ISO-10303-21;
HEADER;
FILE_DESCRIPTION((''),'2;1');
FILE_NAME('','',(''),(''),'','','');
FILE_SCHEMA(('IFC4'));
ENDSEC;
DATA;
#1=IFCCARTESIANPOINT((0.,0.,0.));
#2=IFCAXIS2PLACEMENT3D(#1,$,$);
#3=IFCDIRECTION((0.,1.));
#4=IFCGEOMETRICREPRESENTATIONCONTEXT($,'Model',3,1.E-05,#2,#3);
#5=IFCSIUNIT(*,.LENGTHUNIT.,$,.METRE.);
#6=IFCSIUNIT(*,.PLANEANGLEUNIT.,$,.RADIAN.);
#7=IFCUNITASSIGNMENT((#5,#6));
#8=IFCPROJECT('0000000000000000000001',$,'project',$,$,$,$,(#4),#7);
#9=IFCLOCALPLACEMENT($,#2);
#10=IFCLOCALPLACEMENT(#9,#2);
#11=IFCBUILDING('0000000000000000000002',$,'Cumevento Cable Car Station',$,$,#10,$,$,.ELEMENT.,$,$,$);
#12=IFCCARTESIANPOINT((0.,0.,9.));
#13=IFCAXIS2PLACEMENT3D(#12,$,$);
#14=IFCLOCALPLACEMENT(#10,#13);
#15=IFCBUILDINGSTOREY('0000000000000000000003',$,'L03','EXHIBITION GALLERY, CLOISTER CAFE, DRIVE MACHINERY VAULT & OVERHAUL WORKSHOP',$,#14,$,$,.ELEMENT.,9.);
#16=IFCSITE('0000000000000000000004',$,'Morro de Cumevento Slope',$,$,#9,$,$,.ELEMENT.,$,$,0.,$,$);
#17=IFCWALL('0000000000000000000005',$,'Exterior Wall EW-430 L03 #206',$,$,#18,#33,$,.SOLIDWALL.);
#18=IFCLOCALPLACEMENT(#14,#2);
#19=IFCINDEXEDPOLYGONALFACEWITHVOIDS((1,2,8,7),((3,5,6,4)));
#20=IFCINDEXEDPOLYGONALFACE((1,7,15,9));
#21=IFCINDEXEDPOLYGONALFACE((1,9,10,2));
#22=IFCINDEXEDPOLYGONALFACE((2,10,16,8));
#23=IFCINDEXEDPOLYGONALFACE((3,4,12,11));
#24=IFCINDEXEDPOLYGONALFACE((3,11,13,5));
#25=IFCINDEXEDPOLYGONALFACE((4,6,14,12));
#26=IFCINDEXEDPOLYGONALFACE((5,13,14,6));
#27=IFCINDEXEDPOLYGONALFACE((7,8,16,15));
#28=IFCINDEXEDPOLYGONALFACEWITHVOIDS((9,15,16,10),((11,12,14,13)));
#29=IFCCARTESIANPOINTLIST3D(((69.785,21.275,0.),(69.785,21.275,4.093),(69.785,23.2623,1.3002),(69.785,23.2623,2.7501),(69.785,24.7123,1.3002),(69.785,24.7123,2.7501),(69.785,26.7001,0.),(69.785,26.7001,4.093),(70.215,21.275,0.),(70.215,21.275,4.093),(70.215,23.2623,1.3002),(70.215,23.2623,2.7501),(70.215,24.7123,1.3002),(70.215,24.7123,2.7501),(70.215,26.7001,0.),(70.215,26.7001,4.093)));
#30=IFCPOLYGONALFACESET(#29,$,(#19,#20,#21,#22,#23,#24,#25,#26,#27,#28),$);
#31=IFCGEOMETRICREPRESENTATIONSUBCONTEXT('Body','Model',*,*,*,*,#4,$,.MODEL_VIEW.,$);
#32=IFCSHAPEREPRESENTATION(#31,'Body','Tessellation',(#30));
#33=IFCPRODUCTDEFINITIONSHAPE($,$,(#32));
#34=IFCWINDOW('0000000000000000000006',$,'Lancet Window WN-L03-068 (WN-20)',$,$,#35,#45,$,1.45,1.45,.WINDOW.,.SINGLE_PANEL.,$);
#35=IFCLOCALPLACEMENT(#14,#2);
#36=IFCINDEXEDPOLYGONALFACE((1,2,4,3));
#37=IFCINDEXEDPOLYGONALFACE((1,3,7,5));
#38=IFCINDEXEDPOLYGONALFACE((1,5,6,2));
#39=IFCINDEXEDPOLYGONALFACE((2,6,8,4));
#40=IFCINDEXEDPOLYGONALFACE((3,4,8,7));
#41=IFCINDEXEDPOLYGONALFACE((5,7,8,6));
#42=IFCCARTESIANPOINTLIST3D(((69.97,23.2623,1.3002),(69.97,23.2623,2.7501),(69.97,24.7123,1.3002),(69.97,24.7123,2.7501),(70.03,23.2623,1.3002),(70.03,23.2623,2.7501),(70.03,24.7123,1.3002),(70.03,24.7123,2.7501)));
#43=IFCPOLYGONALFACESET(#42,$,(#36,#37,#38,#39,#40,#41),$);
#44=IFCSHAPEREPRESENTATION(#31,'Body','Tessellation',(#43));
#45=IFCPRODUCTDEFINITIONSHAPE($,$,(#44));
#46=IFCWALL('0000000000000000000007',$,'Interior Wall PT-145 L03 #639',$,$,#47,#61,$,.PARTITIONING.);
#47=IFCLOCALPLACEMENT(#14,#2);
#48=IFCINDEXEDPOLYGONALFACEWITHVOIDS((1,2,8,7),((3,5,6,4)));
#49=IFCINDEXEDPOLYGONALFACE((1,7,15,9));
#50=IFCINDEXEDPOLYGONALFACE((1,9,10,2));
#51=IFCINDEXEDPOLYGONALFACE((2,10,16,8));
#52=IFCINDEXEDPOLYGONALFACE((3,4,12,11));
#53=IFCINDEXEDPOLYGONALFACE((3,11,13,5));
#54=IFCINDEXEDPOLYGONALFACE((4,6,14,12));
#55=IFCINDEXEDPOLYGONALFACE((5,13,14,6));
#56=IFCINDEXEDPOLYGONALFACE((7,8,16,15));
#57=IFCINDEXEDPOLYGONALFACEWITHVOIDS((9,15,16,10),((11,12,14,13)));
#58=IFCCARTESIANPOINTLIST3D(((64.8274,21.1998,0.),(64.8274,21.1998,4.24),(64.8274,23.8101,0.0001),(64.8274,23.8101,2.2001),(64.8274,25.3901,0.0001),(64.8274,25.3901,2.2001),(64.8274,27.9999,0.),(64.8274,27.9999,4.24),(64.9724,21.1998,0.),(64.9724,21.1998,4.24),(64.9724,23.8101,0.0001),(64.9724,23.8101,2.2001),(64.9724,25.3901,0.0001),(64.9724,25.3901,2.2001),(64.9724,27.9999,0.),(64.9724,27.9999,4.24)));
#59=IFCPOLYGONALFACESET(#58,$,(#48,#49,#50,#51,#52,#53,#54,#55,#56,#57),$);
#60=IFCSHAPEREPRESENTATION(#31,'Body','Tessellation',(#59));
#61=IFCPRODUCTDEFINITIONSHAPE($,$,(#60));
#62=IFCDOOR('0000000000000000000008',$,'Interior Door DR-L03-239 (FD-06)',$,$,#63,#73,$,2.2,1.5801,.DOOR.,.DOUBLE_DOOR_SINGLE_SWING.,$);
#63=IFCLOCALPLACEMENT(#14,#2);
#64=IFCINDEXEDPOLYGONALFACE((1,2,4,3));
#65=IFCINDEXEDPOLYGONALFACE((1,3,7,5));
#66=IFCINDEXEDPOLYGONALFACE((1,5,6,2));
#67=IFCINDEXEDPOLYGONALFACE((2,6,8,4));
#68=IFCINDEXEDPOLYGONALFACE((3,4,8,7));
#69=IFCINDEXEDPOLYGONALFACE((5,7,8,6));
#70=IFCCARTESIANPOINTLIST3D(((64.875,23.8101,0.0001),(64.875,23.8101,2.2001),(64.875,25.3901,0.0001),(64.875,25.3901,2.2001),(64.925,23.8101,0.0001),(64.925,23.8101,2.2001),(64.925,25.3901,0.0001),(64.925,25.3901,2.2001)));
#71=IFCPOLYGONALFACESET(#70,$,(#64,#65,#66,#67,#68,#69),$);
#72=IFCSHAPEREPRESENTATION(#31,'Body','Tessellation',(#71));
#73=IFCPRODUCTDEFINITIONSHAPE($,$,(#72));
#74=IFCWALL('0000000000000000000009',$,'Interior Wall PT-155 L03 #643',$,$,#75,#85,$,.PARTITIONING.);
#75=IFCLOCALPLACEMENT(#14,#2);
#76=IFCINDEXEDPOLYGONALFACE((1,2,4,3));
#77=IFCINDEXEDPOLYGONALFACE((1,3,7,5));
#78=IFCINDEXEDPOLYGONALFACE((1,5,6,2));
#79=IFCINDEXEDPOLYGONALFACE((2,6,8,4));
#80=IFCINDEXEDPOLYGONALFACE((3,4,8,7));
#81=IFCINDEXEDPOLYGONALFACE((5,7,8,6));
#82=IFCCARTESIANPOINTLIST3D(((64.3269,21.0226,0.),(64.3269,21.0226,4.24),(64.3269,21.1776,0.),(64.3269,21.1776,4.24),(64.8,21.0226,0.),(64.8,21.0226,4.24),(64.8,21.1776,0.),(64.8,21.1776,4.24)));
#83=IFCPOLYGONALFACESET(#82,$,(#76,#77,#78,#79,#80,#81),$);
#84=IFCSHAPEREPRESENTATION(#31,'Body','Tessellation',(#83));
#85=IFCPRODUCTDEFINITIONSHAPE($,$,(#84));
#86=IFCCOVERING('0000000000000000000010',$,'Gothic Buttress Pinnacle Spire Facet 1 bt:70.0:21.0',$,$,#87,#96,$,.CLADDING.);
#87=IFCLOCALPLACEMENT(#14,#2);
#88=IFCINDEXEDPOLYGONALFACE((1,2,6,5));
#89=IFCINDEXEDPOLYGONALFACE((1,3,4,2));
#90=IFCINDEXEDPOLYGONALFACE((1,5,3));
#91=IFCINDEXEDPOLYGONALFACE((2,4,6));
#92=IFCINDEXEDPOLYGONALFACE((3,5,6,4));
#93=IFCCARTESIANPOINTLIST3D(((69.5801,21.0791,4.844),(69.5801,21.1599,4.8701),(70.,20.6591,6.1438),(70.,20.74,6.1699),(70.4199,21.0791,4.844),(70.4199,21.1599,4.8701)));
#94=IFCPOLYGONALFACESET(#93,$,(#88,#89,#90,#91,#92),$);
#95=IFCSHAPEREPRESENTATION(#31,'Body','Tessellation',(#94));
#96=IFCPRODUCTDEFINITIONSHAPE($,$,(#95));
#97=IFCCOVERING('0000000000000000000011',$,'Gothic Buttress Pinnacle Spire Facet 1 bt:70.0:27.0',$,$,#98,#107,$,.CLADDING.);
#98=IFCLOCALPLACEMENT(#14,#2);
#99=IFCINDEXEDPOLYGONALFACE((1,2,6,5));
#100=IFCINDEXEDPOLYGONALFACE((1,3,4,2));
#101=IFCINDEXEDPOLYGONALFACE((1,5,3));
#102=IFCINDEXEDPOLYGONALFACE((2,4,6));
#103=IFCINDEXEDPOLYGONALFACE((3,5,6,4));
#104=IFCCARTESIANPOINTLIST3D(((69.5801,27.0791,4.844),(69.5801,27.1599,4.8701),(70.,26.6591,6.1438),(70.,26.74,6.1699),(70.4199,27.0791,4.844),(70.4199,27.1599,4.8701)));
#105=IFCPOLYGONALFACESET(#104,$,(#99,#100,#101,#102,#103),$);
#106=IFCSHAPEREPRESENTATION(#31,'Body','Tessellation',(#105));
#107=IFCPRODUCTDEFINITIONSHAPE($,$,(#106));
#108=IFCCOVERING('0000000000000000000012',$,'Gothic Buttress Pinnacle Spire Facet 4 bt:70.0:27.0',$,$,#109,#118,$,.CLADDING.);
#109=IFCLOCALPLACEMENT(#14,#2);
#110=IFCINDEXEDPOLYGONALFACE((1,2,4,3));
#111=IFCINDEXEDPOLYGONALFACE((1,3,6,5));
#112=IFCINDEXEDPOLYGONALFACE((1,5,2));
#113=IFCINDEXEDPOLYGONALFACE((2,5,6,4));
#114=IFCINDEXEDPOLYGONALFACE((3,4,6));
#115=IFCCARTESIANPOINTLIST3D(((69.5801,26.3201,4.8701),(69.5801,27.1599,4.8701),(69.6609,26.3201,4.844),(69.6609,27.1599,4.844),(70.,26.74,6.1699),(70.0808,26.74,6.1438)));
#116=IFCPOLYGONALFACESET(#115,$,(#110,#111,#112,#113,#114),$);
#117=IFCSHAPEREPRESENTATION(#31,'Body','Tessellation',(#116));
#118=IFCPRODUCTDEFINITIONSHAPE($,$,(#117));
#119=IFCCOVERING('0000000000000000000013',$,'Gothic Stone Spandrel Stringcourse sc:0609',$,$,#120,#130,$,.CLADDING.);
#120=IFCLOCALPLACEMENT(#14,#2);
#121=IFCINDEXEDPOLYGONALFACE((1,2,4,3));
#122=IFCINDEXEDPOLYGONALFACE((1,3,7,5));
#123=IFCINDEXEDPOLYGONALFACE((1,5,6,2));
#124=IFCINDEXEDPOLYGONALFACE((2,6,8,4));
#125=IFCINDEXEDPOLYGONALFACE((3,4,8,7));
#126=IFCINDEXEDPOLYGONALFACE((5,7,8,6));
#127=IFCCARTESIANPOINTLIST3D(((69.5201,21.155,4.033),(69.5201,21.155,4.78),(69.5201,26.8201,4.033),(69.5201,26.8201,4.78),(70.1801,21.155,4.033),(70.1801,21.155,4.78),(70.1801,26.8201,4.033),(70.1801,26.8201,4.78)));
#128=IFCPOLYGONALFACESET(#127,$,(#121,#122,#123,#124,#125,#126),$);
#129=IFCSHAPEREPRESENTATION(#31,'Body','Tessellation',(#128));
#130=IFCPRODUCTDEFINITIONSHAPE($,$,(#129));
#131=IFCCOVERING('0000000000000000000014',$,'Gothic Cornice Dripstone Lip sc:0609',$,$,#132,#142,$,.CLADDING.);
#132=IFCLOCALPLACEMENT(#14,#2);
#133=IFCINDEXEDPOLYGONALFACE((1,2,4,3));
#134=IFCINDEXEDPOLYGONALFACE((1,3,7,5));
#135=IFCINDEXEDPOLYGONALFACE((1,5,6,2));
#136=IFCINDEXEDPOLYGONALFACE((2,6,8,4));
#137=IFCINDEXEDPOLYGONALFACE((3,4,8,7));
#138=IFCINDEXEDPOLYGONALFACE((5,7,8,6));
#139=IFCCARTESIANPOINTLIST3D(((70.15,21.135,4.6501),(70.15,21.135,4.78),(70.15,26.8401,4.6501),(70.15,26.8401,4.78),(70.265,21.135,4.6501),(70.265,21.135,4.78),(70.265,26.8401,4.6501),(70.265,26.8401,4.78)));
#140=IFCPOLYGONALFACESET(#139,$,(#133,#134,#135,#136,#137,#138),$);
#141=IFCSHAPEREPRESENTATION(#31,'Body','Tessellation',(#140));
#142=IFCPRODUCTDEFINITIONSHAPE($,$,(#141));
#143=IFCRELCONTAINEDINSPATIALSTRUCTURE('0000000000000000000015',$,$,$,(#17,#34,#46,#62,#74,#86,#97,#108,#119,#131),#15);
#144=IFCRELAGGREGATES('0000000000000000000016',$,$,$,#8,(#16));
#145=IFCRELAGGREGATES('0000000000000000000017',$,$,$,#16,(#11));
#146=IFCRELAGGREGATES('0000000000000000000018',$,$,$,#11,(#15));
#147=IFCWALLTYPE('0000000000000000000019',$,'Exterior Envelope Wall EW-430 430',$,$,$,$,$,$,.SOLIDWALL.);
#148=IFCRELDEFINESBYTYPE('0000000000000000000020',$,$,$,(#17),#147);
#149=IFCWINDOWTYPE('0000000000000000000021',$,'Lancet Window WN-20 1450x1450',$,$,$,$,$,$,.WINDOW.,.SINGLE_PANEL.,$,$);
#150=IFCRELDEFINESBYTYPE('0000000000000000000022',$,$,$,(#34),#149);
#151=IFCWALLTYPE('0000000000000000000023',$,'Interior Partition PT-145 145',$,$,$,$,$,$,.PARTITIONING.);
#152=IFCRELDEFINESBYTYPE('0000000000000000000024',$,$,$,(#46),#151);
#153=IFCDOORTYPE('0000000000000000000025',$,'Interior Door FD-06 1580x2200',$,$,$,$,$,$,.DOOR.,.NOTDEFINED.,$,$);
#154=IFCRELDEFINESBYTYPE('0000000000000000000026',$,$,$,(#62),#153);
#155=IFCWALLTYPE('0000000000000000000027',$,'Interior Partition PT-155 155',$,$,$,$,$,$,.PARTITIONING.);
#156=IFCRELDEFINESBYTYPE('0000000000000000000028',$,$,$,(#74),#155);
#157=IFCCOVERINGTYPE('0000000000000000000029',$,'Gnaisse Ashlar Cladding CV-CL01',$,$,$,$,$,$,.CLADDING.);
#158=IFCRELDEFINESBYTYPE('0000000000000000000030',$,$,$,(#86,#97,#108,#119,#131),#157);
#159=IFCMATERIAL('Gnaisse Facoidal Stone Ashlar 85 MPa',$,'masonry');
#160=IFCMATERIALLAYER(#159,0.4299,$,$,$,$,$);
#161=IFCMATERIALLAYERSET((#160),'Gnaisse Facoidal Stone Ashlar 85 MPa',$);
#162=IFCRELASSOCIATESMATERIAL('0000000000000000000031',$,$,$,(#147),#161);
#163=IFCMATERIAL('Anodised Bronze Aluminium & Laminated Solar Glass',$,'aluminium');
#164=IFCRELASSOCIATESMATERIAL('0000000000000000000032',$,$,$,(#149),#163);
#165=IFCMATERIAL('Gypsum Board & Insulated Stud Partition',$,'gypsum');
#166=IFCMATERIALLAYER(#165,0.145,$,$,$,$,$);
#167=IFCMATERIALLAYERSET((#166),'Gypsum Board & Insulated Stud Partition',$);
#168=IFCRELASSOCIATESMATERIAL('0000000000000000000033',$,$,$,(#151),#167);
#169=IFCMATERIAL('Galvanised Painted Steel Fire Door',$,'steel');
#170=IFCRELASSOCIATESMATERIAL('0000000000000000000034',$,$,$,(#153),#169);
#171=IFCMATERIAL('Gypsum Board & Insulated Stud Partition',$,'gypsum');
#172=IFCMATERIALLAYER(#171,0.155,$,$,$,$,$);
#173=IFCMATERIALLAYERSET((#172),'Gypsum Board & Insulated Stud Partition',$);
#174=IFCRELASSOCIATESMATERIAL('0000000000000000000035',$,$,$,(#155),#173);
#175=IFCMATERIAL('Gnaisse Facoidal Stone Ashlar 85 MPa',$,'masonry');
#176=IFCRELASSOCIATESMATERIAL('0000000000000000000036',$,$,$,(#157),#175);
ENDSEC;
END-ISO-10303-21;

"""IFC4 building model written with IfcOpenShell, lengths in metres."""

from ifc_helpers import new_model, si_unit, direction, frame, frame_2d, origin, origin_2d, place, context, subcontext, project, spatial, polyline, rectangle, outline, extrude, material, layer, layer_set, type_object, element, fill, save


model = new_model("IFC4")

# Units and contexts
model_context = context("Model", 3, precision=1e-05, world=origin(), true_north=direction((0.0, 1.0)))
body_context = subcontext(model_context, "Body", "Model", "MODEL_VIEW")
ifc_project = project(units=[si_unit("LENGTHUNIT", "METRE"), si_unit("PLANEANGLEUNIT", "RADIAN")], contexts=[model_context])

# Site, building, storey
site_placement = place(None, origin())
site = spatial("IfcSite", under=ifc_project, at=site_placement, Name="Morro de Cumevento Slope", CompositionType="ELEMENT", RefElevation=0.0)
building_placement = place(site_placement, origin())
building = spatial("IfcBuilding", under=site, at=building_placement, Name="Cumevento Cable Car Station", CompositionType="ELEMENT")
storey_placement = place(building_placement, frame((0.0, 0.0, 9.0)))
storey = spatial("IfcBuildingStorey", under=building, at=storey_placement, Name="L03", Description="EXHIBITION GALLERY, CLOISTER CAFE, DRIVE MACHINERY VAULT & OVERHAUL WORKSHOP", CompositionType="ELEMENT", Elevation=9.0)

# Wall, opening, window
ifc_material_1 = material(Name="Gnaisse Facoidal Stone Ashlar 85 MPa", Category="masonry")
ifc_layer_1 = layer(ifc_material_1, 0.4299)
ifc_layer_set_1 = layer_set([ifc_layer_1], Name="Gnaisse Facoidal Stone Ashlar 85 MPa")
wall_type_1 = type_object("IfcWallType", Name="Exterior Envelope Wall EW-430 430", PredefinedType="SOLIDWALL", material=ifc_layer_set_1)
wall_1_placement = place(storey_placement, frame((70.0, 26.7, 0.0), z_axis=(0.0, 0.0, 1.0), x_axis=(0.0, -1.0, 0.0)))
wall_1 = element("IfcWall", 1, at=wall_1_placement, inside=storey, type_object=wall_type_1, Name="Exterior Wall EW-430 L03 #206", PredefinedType="SOLIDWALL", context=body_context, shape_type="SweptSolid", body=[
    extrude(rectangle(XDim=5.425, YDim=0.4299, at=frame_2d((2.7124, 0.0))), origin(), (0.0, 0.0, 1.0), 4.093),
])
opening_1_placement = place(wall_1_placement, frame((1.9875, 0.0, 1.3)))
opening_1 = element("IfcOpeningElement", 2, at=opening_1_placement, cuts=wall_1, PredefinedType="OPENING", context=body_context, shape_type="SweptSolid", body=[
    extrude(rectangle(XDim=1.45, YDim=1.45, at=frame_2d((0.7251, 0.7251))), frame((0.0, 0.2249, 0.0), z_axis=(0.0, -1.0, 0.0), x_axis=(1.0, 0.0, 0.0)), (0.0, 0.0, 1.0), 0.45),
])
ifc_material_2 = material(Name="Anodised Bronze Aluminium & Laminated Solar Glass", Category="aluminium")
window_type = type_object("IfcWindowType", Name="Lancet Window WN-20 1450x1450", PartitioningType="SINGLE_PANEL", PredefinedType="WINDOW", material=ifc_material_2)
window_placement = place(opening_1_placement, origin())
window = element("IfcWindow", 3, at=window_placement, inside=storey, type_object=window_type, Name="Lancet Window WN-L03-068 (WN-20)", OverallHeight=1.45, OverallWidth=1.45, PartitioningType="SINGLE_PANEL", PredefinedType="WINDOW", context=body_context, shape_type="SweptSolid", body=[
    extrude(rectangle(XDim=1.45, YDim=1.45, at=frame_2d((0.7251, 0.7251))), frame((0.0, 0.03, 0.0), z_axis=(0.0, -1.0, 0.0), x_axis=(1.0, 0.0, 0.0)), (0.0, 0.0, 1.0), 0.0601),
])
fill(opening_1, window)

# Wall, opening, door
ifc_material_3 = material(Name="Gypsum Board & Insulated Stud Partition", Category="gypsum")
ifc_layer_2 = layer(ifc_material_3, 0.145)
ifc_layer_set_2 = layer_set([ifc_layer_2], Name="Gypsum Board & Insulated Stud Partition")
wall_type_2 = type_object("IfcWallType", Name="Interior Partition PT-145 145", PredefinedType="PARTITIONING", material=ifc_layer_set_2)
wall_2_placement = place(storey_placement, frame((64.8999, 21.2, 0.0), z_axis=(0.0, 0.0, 1.0), x_axis=(0.0, 1.0, 0.0)))
wall_2 = element("IfcWall", 4, at=wall_2_placement, inside=storey, type_object=wall_type_2, Name="Interior Wall PT-145 L03 #639", PredefinedType="PARTITIONING", context=body_context, shape_type="SweptSolid", body=[
    extrude(rectangle(XDim=6.8, YDim=0.145, at=frame_2d((3.3999, 0.0))), origin(), (0.0, 0.0, 1.0), 4.24),
])
opening_2_placement = place(wall_2_placement, frame((2.6101, 0.0, 0.0)))
opening_2 = element("IfcOpeningElement", 5, at=opening_2_placement, cuts=wall_2, PredefinedType="OPENING", context=body_context, shape_type="SweptSolid", body=[
    extrude(rectangle(XDim=1.5801, YDim=2.2, at=frame_2d((0.79, 1.1001))), frame((0.0, 0.0825, 0.0), z_axis=(0.0, -1.0, 0.0), x_axis=(1.0, 0.0, 0.0)), (0.0, 0.0, 1.0), 0.165),
])
ifc_material_4 = material(Name="Galvanised Painted Steel Fire Door", Category="steel")
door_type = type_object("IfcDoorType", Name="Interior Door FD-06 1580x2200", OperationType="NOTDEFINED", PredefinedType="DOOR", material=ifc_material_4)
door_placement = place(opening_2_placement, origin())
door = element("IfcDoor", 6, at=door_placement, inside=storey, type_object=door_type, Name="Interior Door DR-L03-239 (FD-06)", OperationType="DOUBLE_DOOR_SINGLE_SWING", OverallHeight=2.2, OverallWidth=1.5801, PredefinedType="DOOR", context=body_context, shape_type="SweptSolid", body=[
    extrude(rectangle(XDim=1.5801, YDim=2.2, at=frame_2d((0.79, 1.1001))), frame((0.0, 0.0249, 0.0), z_axis=(0.0, -1.0, 0.0), x_axis=(1.0, 0.0, 0.0)), (0.0, 0.0, 1.0), 0.05),
])
fill(opening_2, door)

# Wall
ifc_material_5 = material(Name="Gypsum Board & Insulated Stud Partition", Category="gypsum")
ifc_layer_3 = layer(ifc_material_5, 0.155)
ifc_layer_set_3 = layer_set([ifc_layer_3], Name="Gypsum Board & Insulated Stud Partition")
wall_type_3 = type_object("IfcWallType", Name="Interior Partition PT-155 155", PredefinedType="PARTITIONING", material=ifc_layer_set_3)
wall_3_placement = place(storey_placement, frame((64.3269, 21.1001, 0.0), z_axis=(0.0, 0.0, 1.0), x_axis=(1.0, 0.0, 0.0)))
element("IfcWall", 7, at=wall_3_placement, inside=storey, type_object=wall_type_3, Name="Interior Wall PT-155 L03 #643", PredefinedType="PARTITIONING", context=body_context, shape_type="SweptSolid", body=[
    extrude(rectangle(XDim=0.4731, YDim=0.155, at=frame_2d((0.2366, 0.0))), origin(), (0.0, 0.0, 1.0), 4.24),
])

# Coverings
ifc_material_6 = material(Name="Gnaisse Facoidal Stone Ashlar 85 MPa", Category="masonry")
covering_type = type_object("IfcCoveringType", Name="Gnaisse Ashlar Cladding CV-CL01", PredefinedType="CLADDING", material=ifc_material_6)
for number, where, z_axis, x_axis, name in (
    (8, (69.5801, 21.1599, 4.8701), (0.0, 0.951574, 0.307421), (1.0, 0.0, 0.0), "Gothic Buttress Pinnacle Spire Facet 1 bt:70.0:21.0"),
    (9, (69.5801, 27.1599, 4.8701), (0.0, 0.951574, 0.307421), (1.0, 0.0, 0.0), "Gothic Buttress Pinnacle Spire Facet 1 bt:70.0:27.0"),
    (10, (69.5801, 26.3201, 4.8701), (-0.951574, 0.0, 0.307421), (0.0, 1.0, 0.0), "Gothic Buttress Pinnacle Spire Facet 4 bt:70.0:27.0"),
):
    element("IfcCovering", number, at=place(storey_placement, frame(where, z_axis=z_axis, x_axis=x_axis)), inside=storey, type_object=covering_type, Name=name, PredefinedType="CLADDING", context=body_context, shape_type="SweptSolid", body=[
        extrude(outline(polyline([(0.0, 0.0), (0.8398, 0.0), (0.4199, -1.366), (0.0, 0.0)])), origin(), (0.0, 0.0, -1.0), 0.085),
    ])
covering_1_placement = place(storey_placement, frame((69.8501, 23.9875, 4.033), z_axis=(0.0, 0.0, 1.0), x_axis=(0.0, -1.0, 0.0)))
element("IfcCovering", 11, at=covering_1_placement, inside=storey, type_object=covering_type, Name="Gothic Stone Spandrel Stringcourse sc:0609", PredefinedType="CLADDING", context=body_context, shape_type="SweptSolid", body=[
    extrude(rectangle(XDim=5.665, YDim=0.6599, at=origin_2d()), origin(), (0.0, 0.0, 1.0), 0.7471),
])
covering_2_placement = place(storey_placement, frame((70.2075, 23.9875, 4.6501), z_axis=(0.0, 0.0, 1.0), x_axis=(0.0, -1.0, 0.0)))
element("IfcCovering", 12, at=covering_2_placement, inside=storey, type_object=covering_type, Name="Gothic Cornice Dripstone Lip sc:0609", PredefinedType="CLADDING", context=body_context, shape_type="SweptSolid", body=[
    extrude(rectangle(XDim=5.7051, YDim=0.115, at=origin_2d()), origin(), (0.0, 0.0, 1.0), 0.1299),
])

save(model, "model.ifc")
